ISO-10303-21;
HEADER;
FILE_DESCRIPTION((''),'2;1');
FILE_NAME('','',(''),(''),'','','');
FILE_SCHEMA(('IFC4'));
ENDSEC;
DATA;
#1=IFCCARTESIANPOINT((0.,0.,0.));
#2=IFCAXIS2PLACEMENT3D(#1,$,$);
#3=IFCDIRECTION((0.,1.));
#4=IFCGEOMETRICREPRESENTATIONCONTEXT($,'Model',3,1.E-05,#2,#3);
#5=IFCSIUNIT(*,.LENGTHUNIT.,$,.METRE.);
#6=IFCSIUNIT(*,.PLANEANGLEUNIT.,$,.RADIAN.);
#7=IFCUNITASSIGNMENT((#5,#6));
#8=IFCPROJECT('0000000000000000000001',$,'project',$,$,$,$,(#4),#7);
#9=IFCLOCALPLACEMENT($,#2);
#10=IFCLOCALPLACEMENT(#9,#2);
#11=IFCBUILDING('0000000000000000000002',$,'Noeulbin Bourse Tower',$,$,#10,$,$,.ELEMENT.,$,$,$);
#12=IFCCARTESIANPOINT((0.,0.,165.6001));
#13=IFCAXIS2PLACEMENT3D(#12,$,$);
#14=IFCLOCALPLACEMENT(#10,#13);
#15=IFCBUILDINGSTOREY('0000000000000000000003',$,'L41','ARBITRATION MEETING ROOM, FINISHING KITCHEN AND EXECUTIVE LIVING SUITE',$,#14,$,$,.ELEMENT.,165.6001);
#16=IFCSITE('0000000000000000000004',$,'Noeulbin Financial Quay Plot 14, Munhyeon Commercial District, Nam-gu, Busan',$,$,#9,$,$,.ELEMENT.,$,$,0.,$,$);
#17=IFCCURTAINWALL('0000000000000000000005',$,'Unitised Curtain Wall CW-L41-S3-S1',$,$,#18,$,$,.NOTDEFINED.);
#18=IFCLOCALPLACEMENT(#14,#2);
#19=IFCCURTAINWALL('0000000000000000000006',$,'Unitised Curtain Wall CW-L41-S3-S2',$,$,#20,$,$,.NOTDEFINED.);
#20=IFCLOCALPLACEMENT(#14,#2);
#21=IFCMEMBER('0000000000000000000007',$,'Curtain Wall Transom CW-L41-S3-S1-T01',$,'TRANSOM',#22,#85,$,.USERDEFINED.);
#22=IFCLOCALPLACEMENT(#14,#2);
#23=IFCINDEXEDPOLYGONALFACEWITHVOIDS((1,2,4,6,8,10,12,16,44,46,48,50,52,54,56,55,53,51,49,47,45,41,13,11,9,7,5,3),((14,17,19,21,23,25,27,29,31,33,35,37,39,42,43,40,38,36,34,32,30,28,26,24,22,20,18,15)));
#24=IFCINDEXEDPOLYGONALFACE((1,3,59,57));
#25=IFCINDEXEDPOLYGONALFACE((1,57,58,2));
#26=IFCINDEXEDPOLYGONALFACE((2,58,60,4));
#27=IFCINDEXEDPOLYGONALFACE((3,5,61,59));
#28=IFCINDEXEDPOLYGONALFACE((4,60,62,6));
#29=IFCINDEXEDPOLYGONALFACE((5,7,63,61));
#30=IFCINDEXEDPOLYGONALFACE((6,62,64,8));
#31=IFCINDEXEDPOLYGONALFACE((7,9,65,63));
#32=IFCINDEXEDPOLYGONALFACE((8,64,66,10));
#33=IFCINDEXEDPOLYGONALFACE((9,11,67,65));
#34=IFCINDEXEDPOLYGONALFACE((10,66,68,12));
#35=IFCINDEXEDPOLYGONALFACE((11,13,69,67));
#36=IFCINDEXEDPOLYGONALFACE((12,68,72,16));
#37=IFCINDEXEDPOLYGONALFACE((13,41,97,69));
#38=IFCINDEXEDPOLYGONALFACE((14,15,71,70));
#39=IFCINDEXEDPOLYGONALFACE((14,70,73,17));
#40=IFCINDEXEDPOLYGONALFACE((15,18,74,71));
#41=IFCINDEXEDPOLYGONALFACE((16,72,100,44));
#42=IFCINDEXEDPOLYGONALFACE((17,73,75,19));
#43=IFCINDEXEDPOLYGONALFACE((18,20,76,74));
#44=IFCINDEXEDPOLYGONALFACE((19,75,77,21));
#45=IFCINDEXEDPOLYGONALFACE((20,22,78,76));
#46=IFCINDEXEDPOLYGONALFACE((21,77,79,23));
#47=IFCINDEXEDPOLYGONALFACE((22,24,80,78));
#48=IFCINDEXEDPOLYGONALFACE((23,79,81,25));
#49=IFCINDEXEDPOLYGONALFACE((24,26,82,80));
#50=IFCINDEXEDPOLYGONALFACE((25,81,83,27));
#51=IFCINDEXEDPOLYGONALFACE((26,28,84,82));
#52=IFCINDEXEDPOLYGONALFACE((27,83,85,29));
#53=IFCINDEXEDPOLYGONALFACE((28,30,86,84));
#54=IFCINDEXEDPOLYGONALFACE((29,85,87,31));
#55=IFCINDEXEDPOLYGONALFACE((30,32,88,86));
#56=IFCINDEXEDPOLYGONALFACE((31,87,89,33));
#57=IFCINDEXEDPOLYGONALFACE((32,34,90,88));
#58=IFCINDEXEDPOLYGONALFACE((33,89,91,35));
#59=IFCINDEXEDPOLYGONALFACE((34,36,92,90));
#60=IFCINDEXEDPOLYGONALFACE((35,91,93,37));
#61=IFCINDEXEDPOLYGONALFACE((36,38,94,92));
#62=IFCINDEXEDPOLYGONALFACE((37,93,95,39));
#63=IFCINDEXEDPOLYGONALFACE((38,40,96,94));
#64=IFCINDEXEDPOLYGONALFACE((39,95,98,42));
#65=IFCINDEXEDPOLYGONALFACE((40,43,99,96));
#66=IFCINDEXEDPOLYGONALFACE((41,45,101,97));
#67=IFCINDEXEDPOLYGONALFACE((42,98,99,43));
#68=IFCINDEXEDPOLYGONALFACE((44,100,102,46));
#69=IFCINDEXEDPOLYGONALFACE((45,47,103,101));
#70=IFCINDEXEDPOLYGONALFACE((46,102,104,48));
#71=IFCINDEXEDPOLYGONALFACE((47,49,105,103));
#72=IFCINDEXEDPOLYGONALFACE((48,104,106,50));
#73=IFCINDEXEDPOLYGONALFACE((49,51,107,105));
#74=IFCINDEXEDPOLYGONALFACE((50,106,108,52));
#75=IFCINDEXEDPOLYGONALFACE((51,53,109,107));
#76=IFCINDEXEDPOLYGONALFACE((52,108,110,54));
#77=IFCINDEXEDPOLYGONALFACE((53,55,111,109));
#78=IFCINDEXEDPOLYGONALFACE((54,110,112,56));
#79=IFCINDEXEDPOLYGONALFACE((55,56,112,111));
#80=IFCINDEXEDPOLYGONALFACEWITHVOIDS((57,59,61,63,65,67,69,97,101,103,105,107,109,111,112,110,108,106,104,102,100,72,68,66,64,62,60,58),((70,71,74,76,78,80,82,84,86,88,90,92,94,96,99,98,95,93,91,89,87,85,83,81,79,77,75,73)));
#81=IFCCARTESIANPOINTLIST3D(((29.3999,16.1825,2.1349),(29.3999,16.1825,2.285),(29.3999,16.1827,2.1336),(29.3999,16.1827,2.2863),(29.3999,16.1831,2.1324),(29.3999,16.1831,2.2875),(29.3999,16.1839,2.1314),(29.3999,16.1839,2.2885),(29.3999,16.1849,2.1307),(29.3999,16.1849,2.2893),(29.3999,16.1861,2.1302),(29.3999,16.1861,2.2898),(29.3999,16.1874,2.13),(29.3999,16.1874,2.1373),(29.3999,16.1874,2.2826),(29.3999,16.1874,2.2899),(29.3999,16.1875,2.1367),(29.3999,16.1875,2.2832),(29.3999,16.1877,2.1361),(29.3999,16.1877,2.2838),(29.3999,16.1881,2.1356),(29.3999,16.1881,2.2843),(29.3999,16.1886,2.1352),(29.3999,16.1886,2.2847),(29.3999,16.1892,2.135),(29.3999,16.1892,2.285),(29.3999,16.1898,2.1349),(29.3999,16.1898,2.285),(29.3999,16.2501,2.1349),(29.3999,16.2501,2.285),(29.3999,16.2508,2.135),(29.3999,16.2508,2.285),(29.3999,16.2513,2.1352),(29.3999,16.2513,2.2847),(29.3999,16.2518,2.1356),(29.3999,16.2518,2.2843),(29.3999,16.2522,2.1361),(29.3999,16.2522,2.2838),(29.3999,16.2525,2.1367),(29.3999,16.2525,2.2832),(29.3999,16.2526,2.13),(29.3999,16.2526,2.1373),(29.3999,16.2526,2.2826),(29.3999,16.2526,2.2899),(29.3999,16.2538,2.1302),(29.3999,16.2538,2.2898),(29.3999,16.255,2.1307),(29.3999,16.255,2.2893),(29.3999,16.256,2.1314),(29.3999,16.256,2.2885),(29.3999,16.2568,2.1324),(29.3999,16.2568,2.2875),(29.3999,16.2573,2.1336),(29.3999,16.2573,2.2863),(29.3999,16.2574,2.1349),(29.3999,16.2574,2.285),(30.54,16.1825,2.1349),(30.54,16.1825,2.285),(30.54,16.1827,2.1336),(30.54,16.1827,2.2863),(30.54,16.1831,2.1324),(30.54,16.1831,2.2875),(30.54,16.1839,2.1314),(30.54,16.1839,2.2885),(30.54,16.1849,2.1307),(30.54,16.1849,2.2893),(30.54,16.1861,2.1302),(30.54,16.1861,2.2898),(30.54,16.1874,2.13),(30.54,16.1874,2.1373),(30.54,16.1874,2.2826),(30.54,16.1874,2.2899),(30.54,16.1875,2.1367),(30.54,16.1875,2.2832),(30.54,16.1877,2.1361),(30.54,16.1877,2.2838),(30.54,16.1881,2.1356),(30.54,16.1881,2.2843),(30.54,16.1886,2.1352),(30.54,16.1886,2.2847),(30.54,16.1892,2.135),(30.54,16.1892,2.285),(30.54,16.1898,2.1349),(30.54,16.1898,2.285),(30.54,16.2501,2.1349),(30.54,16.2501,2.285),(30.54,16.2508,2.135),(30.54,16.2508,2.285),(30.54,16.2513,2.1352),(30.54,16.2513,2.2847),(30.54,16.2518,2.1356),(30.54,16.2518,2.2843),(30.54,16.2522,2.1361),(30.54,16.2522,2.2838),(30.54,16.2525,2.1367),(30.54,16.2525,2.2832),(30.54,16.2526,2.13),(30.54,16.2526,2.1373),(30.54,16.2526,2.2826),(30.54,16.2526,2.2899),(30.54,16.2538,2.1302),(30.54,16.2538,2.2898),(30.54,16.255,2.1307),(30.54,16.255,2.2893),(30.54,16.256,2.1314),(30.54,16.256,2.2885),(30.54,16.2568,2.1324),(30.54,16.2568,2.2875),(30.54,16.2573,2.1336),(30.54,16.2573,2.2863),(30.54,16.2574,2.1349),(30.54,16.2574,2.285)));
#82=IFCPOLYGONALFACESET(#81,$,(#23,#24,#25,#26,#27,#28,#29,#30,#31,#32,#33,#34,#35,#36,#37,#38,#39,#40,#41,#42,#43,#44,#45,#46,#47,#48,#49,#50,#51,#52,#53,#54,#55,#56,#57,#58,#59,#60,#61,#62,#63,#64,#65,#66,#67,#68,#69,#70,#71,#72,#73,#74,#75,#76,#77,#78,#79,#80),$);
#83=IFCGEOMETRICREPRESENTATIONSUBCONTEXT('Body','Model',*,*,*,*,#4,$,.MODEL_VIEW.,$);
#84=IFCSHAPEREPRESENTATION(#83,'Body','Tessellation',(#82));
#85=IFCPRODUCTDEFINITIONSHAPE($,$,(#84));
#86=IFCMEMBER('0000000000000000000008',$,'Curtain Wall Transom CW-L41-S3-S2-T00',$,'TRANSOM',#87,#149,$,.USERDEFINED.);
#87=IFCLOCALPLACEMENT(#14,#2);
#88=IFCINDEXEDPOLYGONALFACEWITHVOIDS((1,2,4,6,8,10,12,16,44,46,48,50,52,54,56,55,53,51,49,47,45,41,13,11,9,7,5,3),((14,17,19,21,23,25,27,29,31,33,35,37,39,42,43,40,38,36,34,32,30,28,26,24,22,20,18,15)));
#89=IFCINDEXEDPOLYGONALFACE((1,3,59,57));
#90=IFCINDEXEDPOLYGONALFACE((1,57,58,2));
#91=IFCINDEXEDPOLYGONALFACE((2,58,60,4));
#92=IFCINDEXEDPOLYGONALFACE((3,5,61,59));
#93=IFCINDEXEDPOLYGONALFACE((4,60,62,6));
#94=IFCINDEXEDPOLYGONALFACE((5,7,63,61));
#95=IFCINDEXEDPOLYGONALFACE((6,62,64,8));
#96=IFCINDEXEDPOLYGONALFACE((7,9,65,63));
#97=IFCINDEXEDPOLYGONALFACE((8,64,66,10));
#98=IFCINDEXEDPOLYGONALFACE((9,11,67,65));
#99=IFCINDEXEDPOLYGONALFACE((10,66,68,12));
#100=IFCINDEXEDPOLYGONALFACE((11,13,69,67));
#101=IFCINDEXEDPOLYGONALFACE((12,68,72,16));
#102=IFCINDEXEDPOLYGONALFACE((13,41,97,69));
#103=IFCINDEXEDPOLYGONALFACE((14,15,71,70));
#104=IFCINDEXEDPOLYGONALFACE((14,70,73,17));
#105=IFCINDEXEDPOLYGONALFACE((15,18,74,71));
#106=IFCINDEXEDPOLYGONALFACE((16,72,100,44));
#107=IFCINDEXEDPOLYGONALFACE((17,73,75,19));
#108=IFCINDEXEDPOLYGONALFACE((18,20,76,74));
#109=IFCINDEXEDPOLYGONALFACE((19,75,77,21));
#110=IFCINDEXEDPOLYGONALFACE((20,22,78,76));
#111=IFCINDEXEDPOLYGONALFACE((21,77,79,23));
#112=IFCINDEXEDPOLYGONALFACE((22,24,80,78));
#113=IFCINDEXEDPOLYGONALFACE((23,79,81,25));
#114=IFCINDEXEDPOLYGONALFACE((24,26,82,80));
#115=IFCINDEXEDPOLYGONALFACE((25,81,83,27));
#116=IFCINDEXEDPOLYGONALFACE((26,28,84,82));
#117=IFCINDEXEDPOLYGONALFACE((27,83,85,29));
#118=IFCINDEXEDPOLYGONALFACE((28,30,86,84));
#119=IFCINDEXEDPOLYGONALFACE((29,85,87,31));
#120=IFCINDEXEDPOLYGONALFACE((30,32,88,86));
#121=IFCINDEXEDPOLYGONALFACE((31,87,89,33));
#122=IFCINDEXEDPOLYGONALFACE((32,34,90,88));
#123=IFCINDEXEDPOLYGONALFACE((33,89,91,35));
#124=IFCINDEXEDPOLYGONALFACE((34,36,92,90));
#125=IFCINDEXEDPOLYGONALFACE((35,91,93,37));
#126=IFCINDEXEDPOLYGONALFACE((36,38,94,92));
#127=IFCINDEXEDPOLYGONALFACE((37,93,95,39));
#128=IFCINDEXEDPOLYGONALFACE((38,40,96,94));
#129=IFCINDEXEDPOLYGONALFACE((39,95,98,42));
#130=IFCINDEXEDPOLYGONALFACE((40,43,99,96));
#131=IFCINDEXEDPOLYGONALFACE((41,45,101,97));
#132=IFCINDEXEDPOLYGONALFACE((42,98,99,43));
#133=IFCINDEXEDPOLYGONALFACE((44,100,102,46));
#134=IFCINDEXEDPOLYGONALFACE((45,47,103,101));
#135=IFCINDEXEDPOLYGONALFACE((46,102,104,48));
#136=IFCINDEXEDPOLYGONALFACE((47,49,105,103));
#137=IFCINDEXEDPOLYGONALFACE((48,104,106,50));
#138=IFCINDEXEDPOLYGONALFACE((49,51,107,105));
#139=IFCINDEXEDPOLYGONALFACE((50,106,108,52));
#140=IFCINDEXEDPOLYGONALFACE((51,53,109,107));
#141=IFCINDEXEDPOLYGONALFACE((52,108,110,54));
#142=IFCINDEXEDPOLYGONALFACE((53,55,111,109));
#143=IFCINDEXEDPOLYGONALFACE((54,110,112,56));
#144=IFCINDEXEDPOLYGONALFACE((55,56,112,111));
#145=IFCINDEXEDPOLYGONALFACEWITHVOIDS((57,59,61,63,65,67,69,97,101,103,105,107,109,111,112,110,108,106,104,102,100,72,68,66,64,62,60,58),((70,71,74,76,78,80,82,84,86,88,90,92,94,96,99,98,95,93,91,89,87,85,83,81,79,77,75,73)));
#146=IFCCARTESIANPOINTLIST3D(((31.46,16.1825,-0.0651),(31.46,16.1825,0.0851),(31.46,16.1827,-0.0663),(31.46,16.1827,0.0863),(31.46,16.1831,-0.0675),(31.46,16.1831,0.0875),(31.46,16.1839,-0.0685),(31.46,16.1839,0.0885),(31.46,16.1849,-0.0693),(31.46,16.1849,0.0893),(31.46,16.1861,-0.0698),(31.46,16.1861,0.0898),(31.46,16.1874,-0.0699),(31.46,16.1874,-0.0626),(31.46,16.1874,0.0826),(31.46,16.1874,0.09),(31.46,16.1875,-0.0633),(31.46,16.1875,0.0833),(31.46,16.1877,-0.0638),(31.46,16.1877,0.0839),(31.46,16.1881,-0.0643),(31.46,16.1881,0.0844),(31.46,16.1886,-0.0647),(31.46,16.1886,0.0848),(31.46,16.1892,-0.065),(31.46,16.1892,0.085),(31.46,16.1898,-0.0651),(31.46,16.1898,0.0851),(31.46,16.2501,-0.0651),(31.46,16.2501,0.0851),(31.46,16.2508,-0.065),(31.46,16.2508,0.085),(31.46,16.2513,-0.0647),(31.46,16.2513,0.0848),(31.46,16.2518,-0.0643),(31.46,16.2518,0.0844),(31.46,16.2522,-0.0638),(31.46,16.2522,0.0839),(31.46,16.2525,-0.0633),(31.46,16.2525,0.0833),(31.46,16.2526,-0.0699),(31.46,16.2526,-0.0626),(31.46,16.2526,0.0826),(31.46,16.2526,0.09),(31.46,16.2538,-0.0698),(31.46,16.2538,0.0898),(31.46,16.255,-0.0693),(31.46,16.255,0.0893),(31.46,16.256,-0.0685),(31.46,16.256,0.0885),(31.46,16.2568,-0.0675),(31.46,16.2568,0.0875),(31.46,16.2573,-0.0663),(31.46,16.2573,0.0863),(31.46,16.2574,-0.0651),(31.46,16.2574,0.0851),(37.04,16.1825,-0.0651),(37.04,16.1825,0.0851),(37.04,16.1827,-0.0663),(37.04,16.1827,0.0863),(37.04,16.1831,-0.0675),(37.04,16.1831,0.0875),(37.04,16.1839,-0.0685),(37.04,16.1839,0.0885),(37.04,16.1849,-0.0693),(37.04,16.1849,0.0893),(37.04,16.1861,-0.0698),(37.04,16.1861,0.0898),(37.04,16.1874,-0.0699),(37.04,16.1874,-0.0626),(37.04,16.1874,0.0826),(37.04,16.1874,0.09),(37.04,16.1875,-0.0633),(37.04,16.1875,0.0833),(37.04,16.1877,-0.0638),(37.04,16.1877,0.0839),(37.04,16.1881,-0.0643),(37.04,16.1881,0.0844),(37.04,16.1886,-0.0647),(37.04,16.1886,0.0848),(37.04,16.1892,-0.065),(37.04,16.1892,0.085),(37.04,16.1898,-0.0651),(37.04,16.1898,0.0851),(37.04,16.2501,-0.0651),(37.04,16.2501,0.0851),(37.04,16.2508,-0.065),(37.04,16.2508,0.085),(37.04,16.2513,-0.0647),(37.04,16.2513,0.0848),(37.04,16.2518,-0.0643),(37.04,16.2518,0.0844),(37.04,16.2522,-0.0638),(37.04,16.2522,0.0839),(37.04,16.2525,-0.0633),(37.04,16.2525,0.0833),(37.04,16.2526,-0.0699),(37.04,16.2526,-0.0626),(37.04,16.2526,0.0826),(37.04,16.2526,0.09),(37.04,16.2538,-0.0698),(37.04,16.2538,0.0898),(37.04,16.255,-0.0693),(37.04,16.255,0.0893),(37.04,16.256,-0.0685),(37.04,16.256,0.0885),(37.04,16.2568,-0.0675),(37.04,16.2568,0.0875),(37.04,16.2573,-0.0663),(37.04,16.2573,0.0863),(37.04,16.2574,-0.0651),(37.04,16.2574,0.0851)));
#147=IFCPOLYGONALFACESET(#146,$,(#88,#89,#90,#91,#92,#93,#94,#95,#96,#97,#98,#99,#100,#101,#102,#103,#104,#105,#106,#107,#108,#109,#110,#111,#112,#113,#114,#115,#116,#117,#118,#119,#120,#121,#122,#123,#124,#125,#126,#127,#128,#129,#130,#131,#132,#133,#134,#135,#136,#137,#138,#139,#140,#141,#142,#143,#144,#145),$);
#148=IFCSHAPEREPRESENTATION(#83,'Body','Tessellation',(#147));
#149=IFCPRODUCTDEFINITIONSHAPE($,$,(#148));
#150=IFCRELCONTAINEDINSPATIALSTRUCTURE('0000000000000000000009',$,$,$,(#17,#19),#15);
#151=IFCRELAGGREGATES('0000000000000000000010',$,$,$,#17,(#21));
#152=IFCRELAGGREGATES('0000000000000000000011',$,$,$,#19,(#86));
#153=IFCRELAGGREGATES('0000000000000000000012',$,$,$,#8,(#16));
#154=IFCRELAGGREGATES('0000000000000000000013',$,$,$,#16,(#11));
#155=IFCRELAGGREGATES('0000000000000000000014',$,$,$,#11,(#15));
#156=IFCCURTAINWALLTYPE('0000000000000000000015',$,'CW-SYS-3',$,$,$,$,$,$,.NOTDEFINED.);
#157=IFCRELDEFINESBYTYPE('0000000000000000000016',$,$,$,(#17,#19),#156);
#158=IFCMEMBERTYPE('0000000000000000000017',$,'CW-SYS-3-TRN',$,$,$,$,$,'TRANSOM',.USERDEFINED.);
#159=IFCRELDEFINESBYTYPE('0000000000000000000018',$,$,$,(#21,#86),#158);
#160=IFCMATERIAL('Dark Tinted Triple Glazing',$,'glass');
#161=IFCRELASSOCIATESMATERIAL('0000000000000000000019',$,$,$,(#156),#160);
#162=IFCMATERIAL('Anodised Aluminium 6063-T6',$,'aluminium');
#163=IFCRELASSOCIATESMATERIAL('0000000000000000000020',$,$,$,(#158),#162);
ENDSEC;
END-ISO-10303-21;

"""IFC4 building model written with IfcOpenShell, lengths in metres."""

from ifc_helpers import new_model, si_unit, direction, frame, origin, origin_2d, place, context, subcontext, project, spatial, hollow_rectangle, extrude, material, material_profile, profile_set, type_object, element, aggregate, save


model = new_model("IFC4")

# Units and contexts
model_context = context("Model", 3, precision=1e-05, world=origin(), true_north=direction((0.0, 1.0)))
body_context = subcontext(model_context, "Body", "Model", "MODEL_VIEW")
ifc_project = project(units=[si_unit("LENGTHUNIT", "METRE"), si_unit("PLANEANGLEUNIT", "RADIAN")], contexts=[model_context])

# Site, building, storey
site_placement = place(None, origin())
site = spatial("IfcSite", under=ifc_project, at=site_placement, Name="Noeulbin Financial Quay Plot 14, Munhyeon Commercial District, Nam-gu, Busan", CompositionType="ELEMENT", RefElevation=0.0)
building_placement = place(site_placement, origin())
building = spatial("IfcBuilding", under=site, at=building_placement, Name="Noeulbin Bourse Tower", CompositionType="ELEMENT")
storey_placement = place(building_placement, frame((0.0, 0.0, 165.6001)))
storey = spatial("IfcBuildingStorey", under=building, at=storey_placement, Name="L41", Description="ARBITRATION MEETING ROOM, FINISHING KITCHEN AND EXECUTIVE LIVING SUITE", CompositionType="ELEMENT", Elevation=165.6001)

# Curtain wall
ifc_material_1 = material(Name="Dark Tinted Triple Glazing", Category="glass")
curtain_wall_type = type_object("IfcCurtainWallType", Name="CW-SYS-3", PredefinedType="NOTDEFINED", material=ifc_material_1)
curtain_wall_1_placement = place(storey_placement, origin())
curtain_wall_1 = element("IfcCurtainWall", 1, at=curtain_wall_1_placement, inside=storey, type_object=curtain_wall_type, Name="Unitised Curtain Wall CW-L41-S3-S1", PredefinedType="NOTDEFINED")
ifc_material_2 = material(Name="Anodised Aluminium 6063-T6", Category="aluminium")

# Curtain wall
curtain_wall_2_placement = place(storey_placement, origin())
curtain_wall_2 = element("IfcCurtainWall", 2, at=curtain_wall_2_placement, inside=storey, type_object=curtain_wall_type, Name="Unitised Curtain Wall CW-L41-S3-S2", PredefinedType="NOTDEFINED")

# Members
ifc_material_profile_1 = material_profile(ifc_material_2, hollow_rectangle(XDim=0.075, YDim=0.1599, WallThickness=0.0049, InnerFilletRadius=0.0024, OuterFilletRadius=0.0049, at=origin_2d()), Name="ALU-TRAN-75x160x5", Category="LoadBearing")
ifc_profile_set_1 = profile_set([ifc_material_profile_1], Name="Anodised Aluminium 6063-T6")
member_type_1 = type_object("IfcMemberType", Name="CW-SYS-3-TRN", ElementType="TRANSOM", PredefinedType="USERDEFINED", material=ifc_profile_set_1)
member_1_placement = place(storey_placement, frame((29.3999, 16.22, 2.21), z_axis=(1.0, 0.0, 0.0), x_axis=(0.0, 1.0, 0.0)))
member_1 = element("IfcMember", 3, at=member_1_placement, type_object=member_type_1, Name="Curtain Wall Transom CW-L41-S3-S1-T01", ObjectType="TRANSOM", PredefinedType="USERDEFINED", context=body_context, shape_type="SweptSolid", body=[
    extrude(hollow_rectangle(XDim=0.075, YDim=0.1599, WallThickness=0.0049, InnerFilletRadius=0.0024, OuterFilletRadius=0.0049, at=origin_2d()), origin(), (0.0, 0.0, 1.0), 1.1401),
])
member_2_placement = place(storey_placement, frame((31.46, 16.22, 0.01), z_axis=(1.0, 0.0, 0.0), x_axis=(0.0, 1.0, 0.0)))
member_2 = element("IfcMember", 4, at=member_2_placement, type_object=member_type_1, Name="Curtain Wall Transom CW-L41-S3-S2-T00", ObjectType="TRANSOM", PredefinedType="USERDEFINED", context=body_context, shape_type="SweptSolid", body=[
    extrude(hollow_rectangle(XDim=0.075, YDim=0.1599, WallThickness=0.0049, InnerFilletRadius=0.0024, OuterFilletRadius=0.0049, at=origin_2d()), origin(), (0.0, 0.0, 1.0), 5.5801),
])

aggregate(curtain_wall_1, [member_1])
aggregate(curtain_wall_2, [member_2])

save(model, "model.ifc")
